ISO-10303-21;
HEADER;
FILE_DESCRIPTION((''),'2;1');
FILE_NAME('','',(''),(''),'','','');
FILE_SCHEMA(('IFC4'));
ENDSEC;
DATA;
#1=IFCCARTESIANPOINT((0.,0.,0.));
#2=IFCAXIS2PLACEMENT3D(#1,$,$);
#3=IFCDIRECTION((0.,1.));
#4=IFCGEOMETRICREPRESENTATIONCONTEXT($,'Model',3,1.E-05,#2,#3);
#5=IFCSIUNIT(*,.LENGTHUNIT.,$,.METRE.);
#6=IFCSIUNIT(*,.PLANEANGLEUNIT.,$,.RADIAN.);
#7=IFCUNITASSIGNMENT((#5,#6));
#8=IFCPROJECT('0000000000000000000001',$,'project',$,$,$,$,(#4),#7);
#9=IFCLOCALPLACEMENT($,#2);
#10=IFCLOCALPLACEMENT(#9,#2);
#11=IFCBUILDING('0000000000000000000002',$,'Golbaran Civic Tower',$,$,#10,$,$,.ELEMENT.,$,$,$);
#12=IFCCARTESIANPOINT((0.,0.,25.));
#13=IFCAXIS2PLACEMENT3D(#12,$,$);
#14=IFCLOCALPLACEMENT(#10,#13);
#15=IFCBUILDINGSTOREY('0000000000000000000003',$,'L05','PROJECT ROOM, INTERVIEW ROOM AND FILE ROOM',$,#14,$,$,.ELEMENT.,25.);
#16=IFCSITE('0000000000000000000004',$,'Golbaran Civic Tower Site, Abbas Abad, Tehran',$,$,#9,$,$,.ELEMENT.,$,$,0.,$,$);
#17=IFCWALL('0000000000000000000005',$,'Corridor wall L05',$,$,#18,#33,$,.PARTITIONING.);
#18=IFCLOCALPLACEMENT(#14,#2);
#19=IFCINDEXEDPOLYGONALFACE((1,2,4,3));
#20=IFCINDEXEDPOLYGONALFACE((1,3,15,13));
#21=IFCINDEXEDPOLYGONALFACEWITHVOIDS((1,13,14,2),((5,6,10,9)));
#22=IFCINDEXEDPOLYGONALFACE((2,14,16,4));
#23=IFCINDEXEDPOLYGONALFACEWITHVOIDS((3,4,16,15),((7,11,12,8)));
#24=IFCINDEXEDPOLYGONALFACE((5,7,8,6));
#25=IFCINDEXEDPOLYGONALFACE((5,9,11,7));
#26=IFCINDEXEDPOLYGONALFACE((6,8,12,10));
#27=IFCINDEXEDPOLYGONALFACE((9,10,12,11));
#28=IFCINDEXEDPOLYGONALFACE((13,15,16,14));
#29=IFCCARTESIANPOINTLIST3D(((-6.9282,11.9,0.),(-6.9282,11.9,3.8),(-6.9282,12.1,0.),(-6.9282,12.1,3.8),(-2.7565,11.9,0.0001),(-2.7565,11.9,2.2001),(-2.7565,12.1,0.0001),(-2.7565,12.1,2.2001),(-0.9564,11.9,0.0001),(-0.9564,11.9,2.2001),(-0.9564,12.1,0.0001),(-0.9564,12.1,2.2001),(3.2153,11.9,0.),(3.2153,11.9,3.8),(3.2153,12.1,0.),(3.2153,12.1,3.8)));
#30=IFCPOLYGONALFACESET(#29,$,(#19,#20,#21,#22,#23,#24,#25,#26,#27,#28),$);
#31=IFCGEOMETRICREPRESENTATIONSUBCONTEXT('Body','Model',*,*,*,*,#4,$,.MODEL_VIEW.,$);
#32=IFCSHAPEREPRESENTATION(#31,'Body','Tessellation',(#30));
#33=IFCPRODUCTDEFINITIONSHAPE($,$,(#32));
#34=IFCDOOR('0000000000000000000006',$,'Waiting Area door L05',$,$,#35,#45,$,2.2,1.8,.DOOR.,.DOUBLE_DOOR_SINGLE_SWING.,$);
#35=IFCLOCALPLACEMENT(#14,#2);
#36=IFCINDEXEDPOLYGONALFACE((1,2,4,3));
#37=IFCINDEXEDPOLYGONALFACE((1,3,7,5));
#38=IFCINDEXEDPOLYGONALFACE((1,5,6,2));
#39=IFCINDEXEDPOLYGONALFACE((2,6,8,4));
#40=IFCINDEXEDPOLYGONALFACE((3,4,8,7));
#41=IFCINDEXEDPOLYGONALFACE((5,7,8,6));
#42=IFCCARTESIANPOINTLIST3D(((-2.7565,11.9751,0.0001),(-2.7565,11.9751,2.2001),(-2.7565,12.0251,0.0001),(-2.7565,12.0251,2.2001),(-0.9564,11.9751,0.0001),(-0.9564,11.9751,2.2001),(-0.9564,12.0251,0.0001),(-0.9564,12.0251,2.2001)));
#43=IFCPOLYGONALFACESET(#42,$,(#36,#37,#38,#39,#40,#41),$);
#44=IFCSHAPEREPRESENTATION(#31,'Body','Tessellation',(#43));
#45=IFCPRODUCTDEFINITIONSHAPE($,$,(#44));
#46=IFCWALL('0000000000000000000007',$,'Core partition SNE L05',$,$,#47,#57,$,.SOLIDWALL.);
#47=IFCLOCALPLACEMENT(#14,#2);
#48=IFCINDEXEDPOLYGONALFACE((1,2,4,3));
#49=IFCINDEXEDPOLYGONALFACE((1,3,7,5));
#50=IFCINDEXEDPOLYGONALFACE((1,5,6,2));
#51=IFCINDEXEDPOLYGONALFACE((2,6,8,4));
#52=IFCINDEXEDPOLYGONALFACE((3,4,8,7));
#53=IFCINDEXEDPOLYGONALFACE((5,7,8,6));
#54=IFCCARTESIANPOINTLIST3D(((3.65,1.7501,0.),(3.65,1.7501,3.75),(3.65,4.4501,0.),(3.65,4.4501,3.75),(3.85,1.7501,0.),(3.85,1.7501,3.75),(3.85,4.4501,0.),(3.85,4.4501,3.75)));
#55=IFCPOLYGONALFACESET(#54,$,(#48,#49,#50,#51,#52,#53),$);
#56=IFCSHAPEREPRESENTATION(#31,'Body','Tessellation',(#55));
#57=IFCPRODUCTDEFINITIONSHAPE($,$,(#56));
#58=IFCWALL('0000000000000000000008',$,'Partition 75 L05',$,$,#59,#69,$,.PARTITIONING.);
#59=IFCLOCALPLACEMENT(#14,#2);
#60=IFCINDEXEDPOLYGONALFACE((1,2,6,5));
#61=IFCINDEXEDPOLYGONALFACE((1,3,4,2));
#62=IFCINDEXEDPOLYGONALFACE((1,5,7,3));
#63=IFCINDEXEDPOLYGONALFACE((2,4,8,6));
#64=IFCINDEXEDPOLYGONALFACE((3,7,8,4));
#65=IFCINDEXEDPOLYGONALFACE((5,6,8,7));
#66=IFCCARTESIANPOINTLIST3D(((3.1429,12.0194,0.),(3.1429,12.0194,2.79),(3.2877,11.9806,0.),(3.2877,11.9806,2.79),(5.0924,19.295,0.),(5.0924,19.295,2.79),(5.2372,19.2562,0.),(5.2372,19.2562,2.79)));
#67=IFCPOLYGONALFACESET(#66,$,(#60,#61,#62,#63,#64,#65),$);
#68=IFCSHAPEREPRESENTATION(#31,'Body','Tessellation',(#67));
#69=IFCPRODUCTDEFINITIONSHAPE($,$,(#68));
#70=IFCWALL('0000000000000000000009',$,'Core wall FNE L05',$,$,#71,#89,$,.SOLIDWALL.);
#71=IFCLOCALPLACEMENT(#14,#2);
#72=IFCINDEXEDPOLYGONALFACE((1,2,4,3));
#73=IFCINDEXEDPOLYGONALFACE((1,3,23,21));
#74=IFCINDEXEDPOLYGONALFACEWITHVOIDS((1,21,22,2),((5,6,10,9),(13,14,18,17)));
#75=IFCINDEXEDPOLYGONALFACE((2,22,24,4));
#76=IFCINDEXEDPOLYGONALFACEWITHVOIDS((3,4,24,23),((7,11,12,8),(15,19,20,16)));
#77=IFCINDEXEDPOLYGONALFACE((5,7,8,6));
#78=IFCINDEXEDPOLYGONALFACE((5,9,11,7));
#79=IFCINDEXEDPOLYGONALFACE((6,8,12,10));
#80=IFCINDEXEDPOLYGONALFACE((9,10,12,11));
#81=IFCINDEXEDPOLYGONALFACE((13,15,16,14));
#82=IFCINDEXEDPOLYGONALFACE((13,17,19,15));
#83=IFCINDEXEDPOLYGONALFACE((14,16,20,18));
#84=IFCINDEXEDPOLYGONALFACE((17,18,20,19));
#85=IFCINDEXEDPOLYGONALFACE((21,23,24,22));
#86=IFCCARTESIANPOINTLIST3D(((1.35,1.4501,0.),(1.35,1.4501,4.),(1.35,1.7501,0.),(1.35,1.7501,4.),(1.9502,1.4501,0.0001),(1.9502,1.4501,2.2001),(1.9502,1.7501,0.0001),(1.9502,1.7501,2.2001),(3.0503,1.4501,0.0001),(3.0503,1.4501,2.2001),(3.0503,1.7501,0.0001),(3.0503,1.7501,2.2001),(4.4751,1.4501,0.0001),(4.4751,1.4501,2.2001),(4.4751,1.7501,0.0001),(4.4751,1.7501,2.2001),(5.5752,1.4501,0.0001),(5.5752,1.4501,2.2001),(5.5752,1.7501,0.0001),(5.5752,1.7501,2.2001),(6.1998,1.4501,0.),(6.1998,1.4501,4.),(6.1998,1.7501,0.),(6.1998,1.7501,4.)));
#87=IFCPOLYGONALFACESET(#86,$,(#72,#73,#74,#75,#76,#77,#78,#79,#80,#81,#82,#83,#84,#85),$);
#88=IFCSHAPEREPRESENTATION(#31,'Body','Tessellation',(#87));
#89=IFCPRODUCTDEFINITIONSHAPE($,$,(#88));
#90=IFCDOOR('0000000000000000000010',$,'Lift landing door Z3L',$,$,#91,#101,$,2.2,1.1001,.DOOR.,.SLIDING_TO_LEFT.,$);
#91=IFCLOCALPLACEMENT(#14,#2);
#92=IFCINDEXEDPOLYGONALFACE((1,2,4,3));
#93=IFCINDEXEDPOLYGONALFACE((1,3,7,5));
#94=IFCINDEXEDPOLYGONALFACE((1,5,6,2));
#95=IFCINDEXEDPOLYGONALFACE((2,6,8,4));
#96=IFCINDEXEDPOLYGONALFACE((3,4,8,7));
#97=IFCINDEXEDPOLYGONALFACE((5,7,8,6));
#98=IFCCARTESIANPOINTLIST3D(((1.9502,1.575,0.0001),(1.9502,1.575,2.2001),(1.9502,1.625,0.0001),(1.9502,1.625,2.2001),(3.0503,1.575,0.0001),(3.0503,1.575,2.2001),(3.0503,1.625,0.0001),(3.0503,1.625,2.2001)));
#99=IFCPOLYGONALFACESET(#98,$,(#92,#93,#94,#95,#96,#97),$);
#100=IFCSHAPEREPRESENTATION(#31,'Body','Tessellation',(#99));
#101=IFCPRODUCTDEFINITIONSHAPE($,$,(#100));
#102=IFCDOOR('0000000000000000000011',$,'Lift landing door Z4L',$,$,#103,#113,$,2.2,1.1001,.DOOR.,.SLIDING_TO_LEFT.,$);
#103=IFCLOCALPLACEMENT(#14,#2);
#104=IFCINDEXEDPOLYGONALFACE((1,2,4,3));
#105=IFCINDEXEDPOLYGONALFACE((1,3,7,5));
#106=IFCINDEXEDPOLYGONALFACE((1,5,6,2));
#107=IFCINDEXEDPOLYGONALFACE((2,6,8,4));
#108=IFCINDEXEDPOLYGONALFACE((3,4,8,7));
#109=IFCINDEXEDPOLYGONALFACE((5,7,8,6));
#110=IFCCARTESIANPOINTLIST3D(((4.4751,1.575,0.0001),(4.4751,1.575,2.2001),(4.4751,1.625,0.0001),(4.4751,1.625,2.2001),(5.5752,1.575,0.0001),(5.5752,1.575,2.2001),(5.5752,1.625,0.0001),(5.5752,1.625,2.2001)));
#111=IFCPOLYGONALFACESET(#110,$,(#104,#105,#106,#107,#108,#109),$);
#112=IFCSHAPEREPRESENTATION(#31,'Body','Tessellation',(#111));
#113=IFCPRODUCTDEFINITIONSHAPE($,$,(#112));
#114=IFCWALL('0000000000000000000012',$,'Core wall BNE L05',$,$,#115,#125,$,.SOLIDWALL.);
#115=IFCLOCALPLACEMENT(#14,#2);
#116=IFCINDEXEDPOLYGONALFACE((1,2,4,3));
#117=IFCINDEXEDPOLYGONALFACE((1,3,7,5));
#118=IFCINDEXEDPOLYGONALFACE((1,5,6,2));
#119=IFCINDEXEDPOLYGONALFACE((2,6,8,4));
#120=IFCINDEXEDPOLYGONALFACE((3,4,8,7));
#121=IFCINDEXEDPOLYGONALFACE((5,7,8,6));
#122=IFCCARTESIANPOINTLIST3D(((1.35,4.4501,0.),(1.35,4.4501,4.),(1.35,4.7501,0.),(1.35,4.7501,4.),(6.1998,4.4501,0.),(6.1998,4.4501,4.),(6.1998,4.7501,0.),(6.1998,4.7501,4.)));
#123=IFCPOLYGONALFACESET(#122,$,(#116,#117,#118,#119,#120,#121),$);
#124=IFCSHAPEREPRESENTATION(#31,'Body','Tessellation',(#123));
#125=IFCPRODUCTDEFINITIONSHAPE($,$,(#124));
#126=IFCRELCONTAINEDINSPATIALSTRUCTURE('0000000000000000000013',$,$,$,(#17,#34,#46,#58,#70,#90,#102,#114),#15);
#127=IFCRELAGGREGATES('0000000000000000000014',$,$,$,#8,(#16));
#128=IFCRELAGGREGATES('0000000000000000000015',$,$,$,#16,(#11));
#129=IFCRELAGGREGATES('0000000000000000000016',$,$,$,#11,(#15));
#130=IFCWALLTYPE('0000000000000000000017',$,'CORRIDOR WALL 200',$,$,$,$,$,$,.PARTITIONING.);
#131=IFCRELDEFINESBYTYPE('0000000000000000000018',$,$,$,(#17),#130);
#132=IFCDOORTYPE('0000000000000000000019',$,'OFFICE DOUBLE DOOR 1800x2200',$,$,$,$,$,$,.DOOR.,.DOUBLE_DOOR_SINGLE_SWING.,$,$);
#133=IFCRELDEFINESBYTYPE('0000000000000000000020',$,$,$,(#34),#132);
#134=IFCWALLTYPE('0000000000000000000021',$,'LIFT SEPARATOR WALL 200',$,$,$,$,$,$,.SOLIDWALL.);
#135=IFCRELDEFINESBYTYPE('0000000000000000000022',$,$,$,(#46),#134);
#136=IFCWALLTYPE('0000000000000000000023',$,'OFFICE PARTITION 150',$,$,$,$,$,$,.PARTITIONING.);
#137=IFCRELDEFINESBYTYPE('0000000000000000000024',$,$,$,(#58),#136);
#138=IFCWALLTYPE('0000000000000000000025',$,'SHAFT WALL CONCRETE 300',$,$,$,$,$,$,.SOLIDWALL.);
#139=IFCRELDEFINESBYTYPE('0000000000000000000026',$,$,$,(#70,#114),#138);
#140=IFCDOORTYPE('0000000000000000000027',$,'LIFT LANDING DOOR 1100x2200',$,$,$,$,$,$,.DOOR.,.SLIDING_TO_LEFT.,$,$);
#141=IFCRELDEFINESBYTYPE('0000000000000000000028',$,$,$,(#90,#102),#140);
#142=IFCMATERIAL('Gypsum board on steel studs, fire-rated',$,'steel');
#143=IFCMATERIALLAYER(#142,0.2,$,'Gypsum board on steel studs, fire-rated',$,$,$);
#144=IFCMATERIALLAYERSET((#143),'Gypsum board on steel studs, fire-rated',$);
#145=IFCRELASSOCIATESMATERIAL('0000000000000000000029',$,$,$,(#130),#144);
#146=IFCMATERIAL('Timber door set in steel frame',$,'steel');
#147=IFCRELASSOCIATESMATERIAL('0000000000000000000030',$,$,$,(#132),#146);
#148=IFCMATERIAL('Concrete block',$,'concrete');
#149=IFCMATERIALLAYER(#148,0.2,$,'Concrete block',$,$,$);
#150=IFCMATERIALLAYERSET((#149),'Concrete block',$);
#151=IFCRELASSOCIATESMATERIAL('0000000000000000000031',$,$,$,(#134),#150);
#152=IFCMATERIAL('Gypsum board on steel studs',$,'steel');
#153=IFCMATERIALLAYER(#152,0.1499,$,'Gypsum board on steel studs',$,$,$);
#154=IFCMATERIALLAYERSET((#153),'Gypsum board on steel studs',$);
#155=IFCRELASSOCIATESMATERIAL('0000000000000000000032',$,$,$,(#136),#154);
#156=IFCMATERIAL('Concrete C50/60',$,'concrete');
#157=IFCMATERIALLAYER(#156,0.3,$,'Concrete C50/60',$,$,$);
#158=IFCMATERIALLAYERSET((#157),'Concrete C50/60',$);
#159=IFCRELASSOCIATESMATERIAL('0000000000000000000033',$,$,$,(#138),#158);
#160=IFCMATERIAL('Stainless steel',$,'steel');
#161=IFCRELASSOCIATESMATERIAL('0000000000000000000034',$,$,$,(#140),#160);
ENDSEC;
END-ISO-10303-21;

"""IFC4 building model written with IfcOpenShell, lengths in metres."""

from ifc_helpers import new_model, si_unit, direction, frame, frame_2d, origin, place, context, subcontext, project, spatial, rectangle, extrude, material, layer, layer_set, type_object, element, fill, save


model = new_model("IFC4")

# Units and contexts
model_context = context("Model", 3, precision=1e-05, world=origin(), true_north=direction((0.0, 1.0)))
body_context = subcontext(model_context, "Body", "Model", "MODEL_VIEW")
ifc_project = project(units=[si_unit("LENGTHUNIT", "METRE"), si_unit("PLANEANGLEUNIT", "RADIAN")], contexts=[model_context])

# Site, building, storey
site_placement = place(None, origin())
site = spatial("IfcSite", under=ifc_project, at=site_placement, Name="Golbaran Civic Tower Site, Abbas Abad, Tehran", CompositionType="ELEMENT", RefElevation=0.0)
building_placement = place(site_placement, origin())
building = spatial("IfcBuilding", under=site, at=building_placement, Name="Golbaran Civic Tower", CompositionType="ELEMENT")
storey_placement = place(building_placement, frame((0.0, 0.0, 25.0)))
storey = spatial("IfcBuildingStorey", under=building, at=storey_placement, Name="L05", Description="PROJECT ROOM, INTERVIEW ROOM AND FILE ROOM", CompositionType="ELEMENT", Elevation=25.0)

# Shared definitions
ifc_material_1 = material(Name="Concrete block", Category="concrete")
ifc_material_2 = material(Name="Timber door set in steel frame", Category="steel")

# Wall, opening, door
ifc_material_3 = material(Name="Concrete C50/60", Category="concrete")
ifc_material_4 = material(Name="Gypsum board on steel studs, fire-rated", Category="steel")
ifc_layer_1 = layer(ifc_material_4, 0.2, Name="Gypsum board on steel studs, fire-rated")
ifc_layer_set_1 = layer_set([ifc_layer_1], Name="Gypsum board on steel studs, fire-rated")
wall_type_1 = type_object("IfcWallType", Name="CORRIDOR WALL 200", PredefinedType="PARTITIONING", material=ifc_layer_set_1)
wall_1_placement = place(storey_placement, frame((3.2153, 12.0, 0.0), z_axis=(0.0, 0.0, 1.0), x_axis=(-1.0, 0.0, 0.0)))
wall_1 = element("IfcWall", 1, at=wall_1_placement, inside=storey, type_object=wall_type_1, Name="Corridor wall L05", PredefinedType="PARTITIONING", context=body_context, shape_type="SweptSolid", body=[
    extrude(rectangle(XDim=10.1436, YDim=0.2, at=frame_2d((5.0718, 0.0))), origin(), (0.0, 0.0, 1.0), 3.8),
])
opening_1_placement = place(wall_1_placement, frame((4.1719, 0.0, 0.0)))
opening_1 = element("IfcOpeningElement", 2, at=opening_1_placement, cuts=wall_1, PredefinedType="OPENING", context=body_context, shape_type="SweptSolid", body=[
    extrude(rectangle(XDim=1.8, YDim=2.2, at=frame_2d((0.8999, 1.1001))), frame((0.0, 0.1099, 0.0), z_axis=(0.0, -1.0, 0.0), x_axis=(1.0, 0.0, 0.0)), (0.0, 0.0, 1.0), 0.22),
])
door_type_1 = type_object("IfcDoorType", Name="OFFICE DOUBLE DOOR 1800x2200", OperationType="DOUBLE_DOOR_SINGLE_SWING", PredefinedType="DOOR", material=ifc_material_2)
door_1_placement = place(opening_1_placement, origin())
door_1 = element("IfcDoor", 3, at=door_1_placement, inside=storey, type_object=door_type_1, Name="Waiting Area door L05", OperationType="DOUBLE_DOOR_SINGLE_SWING", OverallHeight=2.2, OverallWidth=1.8, PredefinedType="DOOR", context=body_context, shape_type="SweptSolid", body=[
    extrude(rectangle(XDim=1.8, YDim=2.2, at=frame_2d((0.8999, 1.1001))), frame((0.0, 0.0249, 0.0), z_axis=(0.0, -1.0, 0.0), x_axis=(1.0, 0.0, 0.0)), (0.0, 0.0, 1.0), 0.05),
])
fill(opening_1, door_1)

# Walls
ifc_layer_2 = layer(ifc_material_1, 0.2, Name="Concrete block")
ifc_layer_set_2 = layer_set([ifc_layer_2], Name="Concrete block")
wall_type_2 = type_object("IfcWallType", Name="LIFT SEPARATOR WALL 200", PredefinedType="SOLIDWALL", material=ifc_layer_set_2)
wall_2_placement = place(storey_placement, frame((3.75, 1.75, 0.0), z_axis=(0.0, 0.0, 1.0), x_axis=(0.0, 1.0, 0.0)))
element("IfcWall", 4, at=wall_2_placement, inside=storey, type_object=wall_type_2, Name="Core partition SNE L05", PredefinedType="SOLIDWALL", context=body_context, shape_type="SweptSolid", body=[
    extrude(rectangle(XDim=2.7, YDim=0.2, at=frame_2d((1.3501, 0.0))), origin(), (0.0, 0.0, 1.0), 3.75),
])
ifc_material_5 = material(Name="Gypsum board on steel studs", Category="steel")
ifc_layer_3 = layer(ifc_material_5, 0.1499, Name="Gypsum board on steel studs")
ifc_layer_set_3 = layer_set([ifc_layer_3], Name="Gypsum board on steel studs")
wall_type_3 = type_object("IfcWallType", Name="OFFICE PARTITION 150", PredefinedType="PARTITIONING", material=ifc_layer_set_3)
wall_3_placement = place(storey_placement, frame((3.2153, 12.0, 0.0), z_axis=(0.0, 0.0, 1.0), x_axis=(0.258814, 0.965927, 0.0)))
element("IfcWall", 5, at=wall_3_placement, inside=storey, type_object=wall_type_3, Name="Partition 75 L05", PredefinedType="PARTITIONING", context=body_context, shape_type="SweptSolid", body=[
    extrude(rectangle(XDim=7.5322, YDim=0.1499, at=frame_2d((3.7661, 0.0))), origin(), (0.0, 0.0, 1.0), 2.79),
])

# Wall, openings, doors
ifc_layer_4 = layer(ifc_material_3, 0.3, Name="Concrete C50/60")
ifc_layer_set_4 = layer_set([ifc_layer_4], Name="Concrete C50/60")
wall_type_4 = type_object("IfcWallType", Name="SHAFT WALL CONCRETE 300", PredefinedType="SOLIDWALL", material=ifc_layer_set_4)
wall_4_placement = place(storey_placement, frame((1.3501, 1.6001, 0.0), z_axis=(0.0, 0.0, 1.0), x_axis=(1.0, 0.0, 0.0)))
wall_4 = element("IfcWall", 6, at=wall_4_placement, inside=storey, type_object=wall_type_4, Name="Core wall FNE L05", PredefinedType="SOLIDWALL", context=body_context, shape_type="SweptSolid", body=[
    extrude(rectangle(XDim=4.8499, YDim=0.3, at=frame_2d((2.4248, 0.0))), origin(), (0.0, 0.0, 1.0), 4.0),
])
opening_2_placement = place(wall_4_placement, frame((0.6001, 0.0, 0.0)))
opening_2 = element("IfcOpeningElement", 7, at=opening_2_placement, cuts=wall_4, PredefinedType="OPENING", context=body_context, shape_type="SweptSolid", body=[
    extrude(rectangle(XDim=1.1001, YDim=2.2, at=frame_2d((0.55, 1.1001))), frame((0.0, 0.1599, 0.0), z_axis=(0.0, -1.0, 0.0), x_axis=(1.0, 0.0, 0.0)), (0.0, 0.0, 1.0), 0.3201),
])
opening_3_placement = place(wall_4_placement, frame((3.125, 0.0, 0.0)))
opening_3 = element("IfcOpeningElement", 8, at=opening_3_placement, cuts=wall_4, PredefinedType="OPENING", context=body_context, shape_type="SweptSolid", body=[
    extrude(rectangle(XDim=1.1001, YDim=2.2, at=frame_2d((0.55, 1.1001))), frame((0.0, 0.1599, 0.0), z_axis=(0.0, -1.0, 0.0), x_axis=(1.0, 0.0, 0.0)), (0.0, 0.0, 1.0), 0.3201),
])
ifc_material_6 = material(Name="Stainless steel", Category="steel")
door_type_2 = type_object("IfcDoorType", Name="LIFT LANDING DOOR 1100x2200", OperationType="SLIDING_TO_LEFT", PredefinedType="DOOR", material=ifc_material_6)
door_2_placement = place(opening_2_placement, origin())
door_2 = element("IfcDoor", 9, at=door_2_placement, inside=storey, type_object=door_type_2, Name="Lift landing door Z3L", OperationType="SLIDING_TO_LEFT", OverallHeight=2.2, OverallWidth=1.1001, PredefinedType="DOOR", context=body_context, shape_type="SweptSolid", body=[
    extrude(rectangle(XDim=1.1001, YDim=2.2, at=frame_2d((0.55, 1.1001))), frame((0.0, 0.0249, 0.0), z_axis=(0.0, -1.0, 0.0), x_axis=(1.0, 0.0, 0.0)), (0.0, 0.0, 1.0), 0.05),
])
fill(opening_2, door_2)
door_3_placement = place(opening_3_placement, origin())
door_3 = element("IfcDoor", 10, at=door_3_placement, inside=storey, type_object=door_type_2, Name="Lift landing door Z4L", OperationType="SLIDING_TO_LEFT", OverallHeight=2.2, OverallWidth=1.1001, PredefinedType="DOOR", context=body_context, shape_type="SweptSolid", body=[
    extrude(rectangle(XDim=1.1001, YDim=2.2, at=frame_2d((0.55, 1.1001))), frame((0.0, 0.0249, 0.0), z_axis=(0.0, -1.0, 0.0), x_axis=(1.0, 0.0, 0.0)), (0.0, 0.0, 1.0), 0.05),
])
fill(opening_3, door_3)

# Wall
wall_5_placement = place(storey_placement, frame((1.3501, 4.6001, 0.0), z_axis=(0.0, 0.0, 1.0), x_axis=(1.0, 0.0, 0.0)))
element("IfcWall", 11, at=wall_5_placement, inside=storey, type_object=wall_type_4, Name="Core wall BNE L05", PredefinedType="SOLIDWALL", context=body_context, shape_type="SweptSolid", body=[
    extrude(rectangle(XDim=4.8499, YDim=0.3, at=frame_2d((2.4248, 0.0))), origin(), (0.0, 0.0, 1.0), 4.0),
])

save(model, "model.ifc")
